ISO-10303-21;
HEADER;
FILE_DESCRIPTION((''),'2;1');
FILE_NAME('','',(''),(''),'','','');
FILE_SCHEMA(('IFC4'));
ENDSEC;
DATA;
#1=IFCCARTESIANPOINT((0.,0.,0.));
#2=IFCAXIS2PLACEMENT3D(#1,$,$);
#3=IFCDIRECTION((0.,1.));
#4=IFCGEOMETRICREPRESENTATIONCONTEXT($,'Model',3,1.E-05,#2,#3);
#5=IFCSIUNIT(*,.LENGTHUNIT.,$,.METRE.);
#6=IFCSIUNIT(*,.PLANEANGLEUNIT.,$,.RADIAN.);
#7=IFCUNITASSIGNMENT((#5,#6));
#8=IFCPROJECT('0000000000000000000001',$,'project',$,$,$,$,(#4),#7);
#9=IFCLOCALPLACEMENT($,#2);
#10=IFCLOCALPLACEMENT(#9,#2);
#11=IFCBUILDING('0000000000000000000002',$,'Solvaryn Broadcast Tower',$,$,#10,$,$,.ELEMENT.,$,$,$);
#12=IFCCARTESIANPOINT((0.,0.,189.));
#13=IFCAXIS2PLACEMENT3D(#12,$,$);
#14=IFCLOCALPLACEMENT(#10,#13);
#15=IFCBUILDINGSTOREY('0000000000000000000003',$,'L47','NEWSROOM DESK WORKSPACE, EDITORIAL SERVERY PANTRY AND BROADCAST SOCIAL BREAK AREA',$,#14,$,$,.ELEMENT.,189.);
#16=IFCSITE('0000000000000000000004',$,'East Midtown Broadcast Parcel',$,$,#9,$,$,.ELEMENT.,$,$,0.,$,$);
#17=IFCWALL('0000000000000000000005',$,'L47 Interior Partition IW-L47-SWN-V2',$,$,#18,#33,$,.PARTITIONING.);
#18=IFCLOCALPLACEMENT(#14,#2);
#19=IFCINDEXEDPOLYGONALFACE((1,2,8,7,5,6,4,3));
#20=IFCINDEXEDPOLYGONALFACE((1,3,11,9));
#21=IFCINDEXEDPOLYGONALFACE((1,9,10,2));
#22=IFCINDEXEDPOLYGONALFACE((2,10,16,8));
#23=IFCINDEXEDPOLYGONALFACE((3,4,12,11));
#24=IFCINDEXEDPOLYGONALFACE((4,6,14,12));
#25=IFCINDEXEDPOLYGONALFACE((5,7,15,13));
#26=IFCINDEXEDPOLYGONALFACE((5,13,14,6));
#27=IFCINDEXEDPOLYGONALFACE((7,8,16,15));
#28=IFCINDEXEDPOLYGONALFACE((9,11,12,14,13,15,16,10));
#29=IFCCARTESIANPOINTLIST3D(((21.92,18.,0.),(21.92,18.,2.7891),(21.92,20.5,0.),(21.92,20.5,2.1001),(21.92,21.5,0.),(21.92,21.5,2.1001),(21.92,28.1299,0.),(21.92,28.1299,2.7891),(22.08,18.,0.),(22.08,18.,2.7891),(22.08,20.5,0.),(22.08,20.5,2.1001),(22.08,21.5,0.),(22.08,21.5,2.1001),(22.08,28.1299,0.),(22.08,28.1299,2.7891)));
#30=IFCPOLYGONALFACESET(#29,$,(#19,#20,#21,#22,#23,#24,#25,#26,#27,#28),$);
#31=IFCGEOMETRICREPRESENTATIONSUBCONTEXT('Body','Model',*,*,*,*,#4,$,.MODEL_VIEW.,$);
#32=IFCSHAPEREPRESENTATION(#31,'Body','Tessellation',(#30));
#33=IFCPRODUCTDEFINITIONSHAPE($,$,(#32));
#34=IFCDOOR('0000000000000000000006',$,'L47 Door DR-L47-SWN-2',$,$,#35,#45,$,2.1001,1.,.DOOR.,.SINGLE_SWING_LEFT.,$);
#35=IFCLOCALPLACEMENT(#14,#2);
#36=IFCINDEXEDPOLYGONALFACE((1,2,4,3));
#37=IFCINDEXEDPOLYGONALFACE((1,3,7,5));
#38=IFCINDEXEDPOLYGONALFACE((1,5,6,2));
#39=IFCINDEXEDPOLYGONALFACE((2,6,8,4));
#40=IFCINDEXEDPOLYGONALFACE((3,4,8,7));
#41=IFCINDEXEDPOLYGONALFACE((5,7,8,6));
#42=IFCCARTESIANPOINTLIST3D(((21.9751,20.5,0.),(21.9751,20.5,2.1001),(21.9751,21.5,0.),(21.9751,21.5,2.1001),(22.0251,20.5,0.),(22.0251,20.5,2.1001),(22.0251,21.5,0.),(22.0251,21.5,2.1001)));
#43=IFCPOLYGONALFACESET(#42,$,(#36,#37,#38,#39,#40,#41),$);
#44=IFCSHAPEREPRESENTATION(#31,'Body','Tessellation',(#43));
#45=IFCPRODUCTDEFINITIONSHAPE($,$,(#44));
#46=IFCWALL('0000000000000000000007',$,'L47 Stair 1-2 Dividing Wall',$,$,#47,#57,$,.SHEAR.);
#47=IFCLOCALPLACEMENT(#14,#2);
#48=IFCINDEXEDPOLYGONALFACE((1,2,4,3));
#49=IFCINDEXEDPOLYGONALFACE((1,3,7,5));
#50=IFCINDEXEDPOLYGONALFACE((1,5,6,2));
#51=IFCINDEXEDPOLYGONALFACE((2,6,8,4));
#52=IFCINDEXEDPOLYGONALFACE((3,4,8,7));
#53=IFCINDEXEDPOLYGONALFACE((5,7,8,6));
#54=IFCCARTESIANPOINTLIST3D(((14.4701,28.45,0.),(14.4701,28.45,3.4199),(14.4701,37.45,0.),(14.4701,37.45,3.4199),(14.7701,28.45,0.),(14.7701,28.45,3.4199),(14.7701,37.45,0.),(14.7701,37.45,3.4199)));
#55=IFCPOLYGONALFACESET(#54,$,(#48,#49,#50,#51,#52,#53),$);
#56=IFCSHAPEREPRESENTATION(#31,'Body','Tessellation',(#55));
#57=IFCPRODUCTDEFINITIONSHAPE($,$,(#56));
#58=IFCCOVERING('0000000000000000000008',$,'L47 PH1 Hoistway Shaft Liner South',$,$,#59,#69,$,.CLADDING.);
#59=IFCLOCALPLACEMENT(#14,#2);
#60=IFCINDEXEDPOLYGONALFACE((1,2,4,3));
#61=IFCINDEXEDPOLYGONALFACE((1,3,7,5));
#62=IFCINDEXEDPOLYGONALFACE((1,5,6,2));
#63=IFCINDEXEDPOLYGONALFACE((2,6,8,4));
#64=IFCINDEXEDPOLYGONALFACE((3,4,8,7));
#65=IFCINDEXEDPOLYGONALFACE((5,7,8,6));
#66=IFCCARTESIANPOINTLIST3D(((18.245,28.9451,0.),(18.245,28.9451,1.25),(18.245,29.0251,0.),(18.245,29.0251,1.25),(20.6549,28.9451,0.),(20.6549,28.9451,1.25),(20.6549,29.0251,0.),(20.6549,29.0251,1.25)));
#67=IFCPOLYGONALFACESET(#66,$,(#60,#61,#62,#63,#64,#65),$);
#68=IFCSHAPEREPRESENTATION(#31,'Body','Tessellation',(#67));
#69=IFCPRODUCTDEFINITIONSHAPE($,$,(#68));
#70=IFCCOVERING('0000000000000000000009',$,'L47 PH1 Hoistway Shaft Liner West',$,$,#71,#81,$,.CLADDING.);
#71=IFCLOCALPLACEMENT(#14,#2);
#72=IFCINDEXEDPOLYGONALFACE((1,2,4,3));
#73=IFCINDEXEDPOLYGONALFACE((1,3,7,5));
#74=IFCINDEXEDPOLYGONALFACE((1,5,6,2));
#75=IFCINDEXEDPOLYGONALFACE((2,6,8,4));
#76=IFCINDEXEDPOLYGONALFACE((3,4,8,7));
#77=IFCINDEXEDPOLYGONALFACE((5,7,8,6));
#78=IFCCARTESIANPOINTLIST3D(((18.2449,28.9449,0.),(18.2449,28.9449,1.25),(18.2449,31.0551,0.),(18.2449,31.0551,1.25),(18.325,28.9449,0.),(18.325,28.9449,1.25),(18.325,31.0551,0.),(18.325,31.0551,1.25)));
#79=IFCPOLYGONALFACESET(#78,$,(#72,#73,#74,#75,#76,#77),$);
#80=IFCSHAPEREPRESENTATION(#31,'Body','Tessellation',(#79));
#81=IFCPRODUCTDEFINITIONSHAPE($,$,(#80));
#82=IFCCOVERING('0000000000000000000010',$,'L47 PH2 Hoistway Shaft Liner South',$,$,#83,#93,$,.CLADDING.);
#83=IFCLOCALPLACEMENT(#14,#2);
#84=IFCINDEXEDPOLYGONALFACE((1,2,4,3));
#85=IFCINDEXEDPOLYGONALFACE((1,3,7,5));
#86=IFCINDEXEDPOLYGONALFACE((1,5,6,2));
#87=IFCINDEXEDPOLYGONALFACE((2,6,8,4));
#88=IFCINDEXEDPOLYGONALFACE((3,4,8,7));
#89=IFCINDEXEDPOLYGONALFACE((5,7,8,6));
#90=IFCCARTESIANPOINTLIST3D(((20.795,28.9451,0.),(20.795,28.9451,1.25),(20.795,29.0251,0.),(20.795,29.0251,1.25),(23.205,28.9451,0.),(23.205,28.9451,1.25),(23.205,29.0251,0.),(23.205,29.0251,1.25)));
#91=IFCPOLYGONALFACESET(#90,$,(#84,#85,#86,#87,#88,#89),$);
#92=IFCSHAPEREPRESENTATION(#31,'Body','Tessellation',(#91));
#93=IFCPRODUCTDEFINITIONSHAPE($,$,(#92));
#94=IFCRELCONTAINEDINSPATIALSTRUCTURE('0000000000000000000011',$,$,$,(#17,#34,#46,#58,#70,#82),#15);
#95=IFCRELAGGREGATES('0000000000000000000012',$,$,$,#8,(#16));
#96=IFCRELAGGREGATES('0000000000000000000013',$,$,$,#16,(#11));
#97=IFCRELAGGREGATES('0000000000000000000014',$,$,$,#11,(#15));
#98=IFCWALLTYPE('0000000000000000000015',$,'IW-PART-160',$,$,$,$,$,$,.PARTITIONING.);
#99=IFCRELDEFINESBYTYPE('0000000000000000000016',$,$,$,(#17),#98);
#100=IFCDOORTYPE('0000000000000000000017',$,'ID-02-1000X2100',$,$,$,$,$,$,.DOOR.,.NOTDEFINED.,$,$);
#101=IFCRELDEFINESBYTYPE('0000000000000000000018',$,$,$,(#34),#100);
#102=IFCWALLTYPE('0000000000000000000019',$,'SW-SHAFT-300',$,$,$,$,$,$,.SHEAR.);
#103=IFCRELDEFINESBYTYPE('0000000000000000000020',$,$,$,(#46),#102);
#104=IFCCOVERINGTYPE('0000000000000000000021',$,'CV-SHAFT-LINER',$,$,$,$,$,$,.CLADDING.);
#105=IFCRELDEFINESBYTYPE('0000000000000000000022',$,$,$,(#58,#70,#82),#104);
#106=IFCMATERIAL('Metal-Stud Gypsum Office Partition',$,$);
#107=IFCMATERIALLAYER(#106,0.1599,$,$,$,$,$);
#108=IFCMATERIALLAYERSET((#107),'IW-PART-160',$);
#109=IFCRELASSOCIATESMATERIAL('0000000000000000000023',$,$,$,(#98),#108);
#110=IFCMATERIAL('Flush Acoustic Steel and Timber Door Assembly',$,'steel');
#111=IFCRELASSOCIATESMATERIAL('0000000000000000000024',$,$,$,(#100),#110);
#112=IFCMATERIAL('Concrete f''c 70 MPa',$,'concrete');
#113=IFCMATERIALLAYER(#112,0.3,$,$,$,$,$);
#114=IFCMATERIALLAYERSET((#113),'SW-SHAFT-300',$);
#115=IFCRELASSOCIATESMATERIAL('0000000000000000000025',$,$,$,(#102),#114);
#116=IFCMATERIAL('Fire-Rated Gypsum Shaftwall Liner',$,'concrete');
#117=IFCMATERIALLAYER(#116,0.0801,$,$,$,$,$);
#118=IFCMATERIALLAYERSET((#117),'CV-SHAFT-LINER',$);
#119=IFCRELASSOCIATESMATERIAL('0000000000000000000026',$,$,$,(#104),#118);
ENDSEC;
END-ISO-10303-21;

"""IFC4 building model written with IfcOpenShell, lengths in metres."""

from ifc_helpers import new_model, si_unit, direction, frame, frame_2d, origin, origin_2d, place, context, subcontext, project, spatial, rectangle, extrude, material, layer, layer_set, type_object, element, fill, save


model = new_model("IFC4")

# Units and contexts
model_context = context("Model", 3, precision=1e-05, world=origin(), true_north=direction((0.0, 1.0)))
body_context = subcontext(model_context, "Body", "Model", "MODEL_VIEW")
ifc_project = project(units=[si_unit("LENGTHUNIT", "METRE"), si_unit("PLANEANGLEUNIT", "RADIAN")], contexts=[model_context])

# Site, building, storey
site_placement = place(None, origin())
site = spatial("IfcSite", under=ifc_project, at=site_placement, Name="East Midtown Broadcast Parcel", CompositionType="ELEMENT", RefElevation=0.0)
building_placement = place(site_placement, origin())
building = spatial("IfcBuilding", under=site, at=building_placement, Name="Solvaryn Broadcast Tower", CompositionType="ELEMENT")
storey_placement = place(building_placement, frame((0.0, 0.0, 189.0)))
storey = spatial("IfcBuildingStorey", under=building, at=storey_placement, Name="L47", Description="NEWSROOM DESK WORKSPACE, EDITORIAL SERVERY PANTRY AND BROADCAST SOCIAL BREAK AREA", CompositionType="ELEMENT", Elevation=189.0)

# Wall, opening, door
ifc_material_1 = material(Name="Metal-Stud Gypsum Office Partition")
ifc_layer_1 = layer(ifc_material_1, 0.1599)
ifc_layer_set_1 = layer_set([ifc_layer_1], Name="IW-PART-160")
wall_type_1 = type_object("IfcWallType", Name="IW-PART-160", PredefinedType="PARTITIONING", material=ifc_layer_set_1)
ifc_material_2 = material(Name="Flush Acoustic Steel and Timber Door Assembly", Category="steel")
door_type_1 = type_object("IfcDoorType", Name="ID-02-1000X2100", OperationType="NOTDEFINED", PredefinedType="DOOR", material=ifc_material_2)
wall_1_placement = place(storey_placement, frame((22.0, 18.0, 0.0), z_axis=(0.0, 0.0, 1.0), x_axis=(0.0, 1.0, 0.0)))
wall_1 = element("IfcWall", 1, at=wall_1_placement, inside=storey, type_object=wall_type_1, Name="L47 Interior Partition IW-L47-SWN-V2", PredefinedType="PARTITIONING", context=body_context, shape_type="SweptSolid", body=[
    extrude(rectangle(XDim=10.1299, YDim=0.1599, at=frame_2d((5.0649, 0.0))), origin(), (0.0, 0.0, 1.0), 2.7891),
])
opening_1_placement = place(wall_1_placement, frame((2.5, 0.0, 0.0)))
opening_1 = element("IfcOpeningElement", 2, at=opening_1_placement, cuts=wall_1, PredefinedType="OPENING", context=body_context, shape_type="SweptSolid", body=[
    extrude(rectangle(XDim=1.0, YDim=2.1001, at=frame_2d((0.5, 1.05))), frame((0.0, 0.0901, 0.0), z_axis=(0.0, -1.0, 0.0), x_axis=(1.0, 0.0, 0.0)), (0.0, 0.0, 1.0), 0.1799),
])
door_1_placement = place(opening_1_placement, origin())
door_1 = element("IfcDoor", 3, at=door_1_placement, inside=storey, type_object=door_type_1, Name="L47 Door DR-L47-SWN-2", OperationType="SINGLE_SWING_LEFT", OverallHeight=2.1001, OverallWidth=1.0, PredefinedType="DOOR", context=body_context, shape_type="SweptSolid", body=[
    extrude(rectangle(XDim=1.0, YDim=2.1001, at=frame_2d((0.5, 1.05))), frame((0.0, 0.0249, 0.0), z_axis=(0.0, -1.0, 0.0), x_axis=(1.0, 0.0, 0.0)), (0.0, 0.0, 1.0), 0.05),
])
fill(opening_1, door_1)

# Wall
ifc_material_3 = material(Name="Concrete f'c 70 MPa", Category="concrete")
ifc_layer_2 = layer(ifc_material_3, 0.3)
ifc_layer_set_2 = layer_set([ifc_layer_2], Name="SW-SHAFT-300")
wall_type_2 = type_object("IfcWallType", Name="SW-SHAFT-300", PredefinedType="SHEAR", material=ifc_layer_set_2)
wall_2_placement = place(storey_placement, frame((14.6201, 28.45, 0.0), z_axis=(0.0, 0.0, 1.0), x_axis=(0.0, 1.0, 0.0)))
element("IfcWall", 4, at=wall_2_placement, inside=storey, type_object=wall_type_2, Name="L47 Stair 1-2 Dividing Wall", PredefinedType="SHEAR", context=body_context, shape_type="SweptSolid", body=[
    extrude(rectangle(XDim=9.0, YDim=0.3, at=frame_2d((4.5, 0.0))), origin(), (0.0, 0.0, 1.0), 3.4199),
])

# Coverings
ifc_material_4 = material(Name="Fire-Rated Gypsum Shaftwall Liner", Category="concrete")
ifc_layer_3 = layer(ifc_material_4, 0.0801)
ifc_layer_set_3 = layer_set([ifc_layer_3], Name="CV-SHAFT-LINER")
covering_type = type_object("IfcCoveringType", Name="CV-SHAFT-LINER", PredefinedType="CLADDING", material=ifc_layer_set_3)
covering_1_placement = place(storey_placement, frame((19.45, 28.9851, 0.0), z_axis=(0.0, 0.0, 1.0), x_axis=(1.0, 0.0, 0.0)))
element("IfcCovering", 5, at=covering_1_placement, inside=storey, type_object=covering_type, Name="L47 PH1 Hoistway Shaft Liner South", PredefinedType="CLADDING", context=body_context, shape_type="SweptSolid", body=[
    extrude(rectangle(XDim=2.4099, YDim=0.0801, at=origin_2d()), origin(), (0.0, 0.0, 1.0), 1.25),
])
covering_2_placement = place(storey_placement, frame((18.2849, 30.0, 0.0), z_axis=(0.0, 0.0, 1.0), x_axis=(1.0, 0.0, 0.0)))
element("IfcCovering", 6, at=covering_2_placement, inside=storey, type_object=covering_type, Name="L47 PH1 Hoistway Shaft Liner West", PredefinedType="CLADDING", context=body_context, shape_type="SweptSolid", body=[
    extrude(rectangle(XDim=0.0801, YDim=2.1101, at=origin_2d()), origin(), (0.0, 0.0, 1.0), 1.25),
])
covering_3_placement = place(storey_placement, frame((22.0, 28.9851, 0.0), z_axis=(0.0, 0.0, 1.0), x_axis=(1.0, 0.0, 0.0)))
element("IfcCovering", 7, at=covering_3_placement, inside=storey, type_object=covering_type, Name="L47 PH2 Hoistway Shaft Liner South", PredefinedType="CLADDING", context=body_context, shape_type="SweptSolid", body=[
    extrude(rectangle(XDim=2.4099, YDim=0.0801, at=origin_2d()), origin(), (0.0, 0.0, 1.0), 1.25),
])

save(model, "model.ifc")
